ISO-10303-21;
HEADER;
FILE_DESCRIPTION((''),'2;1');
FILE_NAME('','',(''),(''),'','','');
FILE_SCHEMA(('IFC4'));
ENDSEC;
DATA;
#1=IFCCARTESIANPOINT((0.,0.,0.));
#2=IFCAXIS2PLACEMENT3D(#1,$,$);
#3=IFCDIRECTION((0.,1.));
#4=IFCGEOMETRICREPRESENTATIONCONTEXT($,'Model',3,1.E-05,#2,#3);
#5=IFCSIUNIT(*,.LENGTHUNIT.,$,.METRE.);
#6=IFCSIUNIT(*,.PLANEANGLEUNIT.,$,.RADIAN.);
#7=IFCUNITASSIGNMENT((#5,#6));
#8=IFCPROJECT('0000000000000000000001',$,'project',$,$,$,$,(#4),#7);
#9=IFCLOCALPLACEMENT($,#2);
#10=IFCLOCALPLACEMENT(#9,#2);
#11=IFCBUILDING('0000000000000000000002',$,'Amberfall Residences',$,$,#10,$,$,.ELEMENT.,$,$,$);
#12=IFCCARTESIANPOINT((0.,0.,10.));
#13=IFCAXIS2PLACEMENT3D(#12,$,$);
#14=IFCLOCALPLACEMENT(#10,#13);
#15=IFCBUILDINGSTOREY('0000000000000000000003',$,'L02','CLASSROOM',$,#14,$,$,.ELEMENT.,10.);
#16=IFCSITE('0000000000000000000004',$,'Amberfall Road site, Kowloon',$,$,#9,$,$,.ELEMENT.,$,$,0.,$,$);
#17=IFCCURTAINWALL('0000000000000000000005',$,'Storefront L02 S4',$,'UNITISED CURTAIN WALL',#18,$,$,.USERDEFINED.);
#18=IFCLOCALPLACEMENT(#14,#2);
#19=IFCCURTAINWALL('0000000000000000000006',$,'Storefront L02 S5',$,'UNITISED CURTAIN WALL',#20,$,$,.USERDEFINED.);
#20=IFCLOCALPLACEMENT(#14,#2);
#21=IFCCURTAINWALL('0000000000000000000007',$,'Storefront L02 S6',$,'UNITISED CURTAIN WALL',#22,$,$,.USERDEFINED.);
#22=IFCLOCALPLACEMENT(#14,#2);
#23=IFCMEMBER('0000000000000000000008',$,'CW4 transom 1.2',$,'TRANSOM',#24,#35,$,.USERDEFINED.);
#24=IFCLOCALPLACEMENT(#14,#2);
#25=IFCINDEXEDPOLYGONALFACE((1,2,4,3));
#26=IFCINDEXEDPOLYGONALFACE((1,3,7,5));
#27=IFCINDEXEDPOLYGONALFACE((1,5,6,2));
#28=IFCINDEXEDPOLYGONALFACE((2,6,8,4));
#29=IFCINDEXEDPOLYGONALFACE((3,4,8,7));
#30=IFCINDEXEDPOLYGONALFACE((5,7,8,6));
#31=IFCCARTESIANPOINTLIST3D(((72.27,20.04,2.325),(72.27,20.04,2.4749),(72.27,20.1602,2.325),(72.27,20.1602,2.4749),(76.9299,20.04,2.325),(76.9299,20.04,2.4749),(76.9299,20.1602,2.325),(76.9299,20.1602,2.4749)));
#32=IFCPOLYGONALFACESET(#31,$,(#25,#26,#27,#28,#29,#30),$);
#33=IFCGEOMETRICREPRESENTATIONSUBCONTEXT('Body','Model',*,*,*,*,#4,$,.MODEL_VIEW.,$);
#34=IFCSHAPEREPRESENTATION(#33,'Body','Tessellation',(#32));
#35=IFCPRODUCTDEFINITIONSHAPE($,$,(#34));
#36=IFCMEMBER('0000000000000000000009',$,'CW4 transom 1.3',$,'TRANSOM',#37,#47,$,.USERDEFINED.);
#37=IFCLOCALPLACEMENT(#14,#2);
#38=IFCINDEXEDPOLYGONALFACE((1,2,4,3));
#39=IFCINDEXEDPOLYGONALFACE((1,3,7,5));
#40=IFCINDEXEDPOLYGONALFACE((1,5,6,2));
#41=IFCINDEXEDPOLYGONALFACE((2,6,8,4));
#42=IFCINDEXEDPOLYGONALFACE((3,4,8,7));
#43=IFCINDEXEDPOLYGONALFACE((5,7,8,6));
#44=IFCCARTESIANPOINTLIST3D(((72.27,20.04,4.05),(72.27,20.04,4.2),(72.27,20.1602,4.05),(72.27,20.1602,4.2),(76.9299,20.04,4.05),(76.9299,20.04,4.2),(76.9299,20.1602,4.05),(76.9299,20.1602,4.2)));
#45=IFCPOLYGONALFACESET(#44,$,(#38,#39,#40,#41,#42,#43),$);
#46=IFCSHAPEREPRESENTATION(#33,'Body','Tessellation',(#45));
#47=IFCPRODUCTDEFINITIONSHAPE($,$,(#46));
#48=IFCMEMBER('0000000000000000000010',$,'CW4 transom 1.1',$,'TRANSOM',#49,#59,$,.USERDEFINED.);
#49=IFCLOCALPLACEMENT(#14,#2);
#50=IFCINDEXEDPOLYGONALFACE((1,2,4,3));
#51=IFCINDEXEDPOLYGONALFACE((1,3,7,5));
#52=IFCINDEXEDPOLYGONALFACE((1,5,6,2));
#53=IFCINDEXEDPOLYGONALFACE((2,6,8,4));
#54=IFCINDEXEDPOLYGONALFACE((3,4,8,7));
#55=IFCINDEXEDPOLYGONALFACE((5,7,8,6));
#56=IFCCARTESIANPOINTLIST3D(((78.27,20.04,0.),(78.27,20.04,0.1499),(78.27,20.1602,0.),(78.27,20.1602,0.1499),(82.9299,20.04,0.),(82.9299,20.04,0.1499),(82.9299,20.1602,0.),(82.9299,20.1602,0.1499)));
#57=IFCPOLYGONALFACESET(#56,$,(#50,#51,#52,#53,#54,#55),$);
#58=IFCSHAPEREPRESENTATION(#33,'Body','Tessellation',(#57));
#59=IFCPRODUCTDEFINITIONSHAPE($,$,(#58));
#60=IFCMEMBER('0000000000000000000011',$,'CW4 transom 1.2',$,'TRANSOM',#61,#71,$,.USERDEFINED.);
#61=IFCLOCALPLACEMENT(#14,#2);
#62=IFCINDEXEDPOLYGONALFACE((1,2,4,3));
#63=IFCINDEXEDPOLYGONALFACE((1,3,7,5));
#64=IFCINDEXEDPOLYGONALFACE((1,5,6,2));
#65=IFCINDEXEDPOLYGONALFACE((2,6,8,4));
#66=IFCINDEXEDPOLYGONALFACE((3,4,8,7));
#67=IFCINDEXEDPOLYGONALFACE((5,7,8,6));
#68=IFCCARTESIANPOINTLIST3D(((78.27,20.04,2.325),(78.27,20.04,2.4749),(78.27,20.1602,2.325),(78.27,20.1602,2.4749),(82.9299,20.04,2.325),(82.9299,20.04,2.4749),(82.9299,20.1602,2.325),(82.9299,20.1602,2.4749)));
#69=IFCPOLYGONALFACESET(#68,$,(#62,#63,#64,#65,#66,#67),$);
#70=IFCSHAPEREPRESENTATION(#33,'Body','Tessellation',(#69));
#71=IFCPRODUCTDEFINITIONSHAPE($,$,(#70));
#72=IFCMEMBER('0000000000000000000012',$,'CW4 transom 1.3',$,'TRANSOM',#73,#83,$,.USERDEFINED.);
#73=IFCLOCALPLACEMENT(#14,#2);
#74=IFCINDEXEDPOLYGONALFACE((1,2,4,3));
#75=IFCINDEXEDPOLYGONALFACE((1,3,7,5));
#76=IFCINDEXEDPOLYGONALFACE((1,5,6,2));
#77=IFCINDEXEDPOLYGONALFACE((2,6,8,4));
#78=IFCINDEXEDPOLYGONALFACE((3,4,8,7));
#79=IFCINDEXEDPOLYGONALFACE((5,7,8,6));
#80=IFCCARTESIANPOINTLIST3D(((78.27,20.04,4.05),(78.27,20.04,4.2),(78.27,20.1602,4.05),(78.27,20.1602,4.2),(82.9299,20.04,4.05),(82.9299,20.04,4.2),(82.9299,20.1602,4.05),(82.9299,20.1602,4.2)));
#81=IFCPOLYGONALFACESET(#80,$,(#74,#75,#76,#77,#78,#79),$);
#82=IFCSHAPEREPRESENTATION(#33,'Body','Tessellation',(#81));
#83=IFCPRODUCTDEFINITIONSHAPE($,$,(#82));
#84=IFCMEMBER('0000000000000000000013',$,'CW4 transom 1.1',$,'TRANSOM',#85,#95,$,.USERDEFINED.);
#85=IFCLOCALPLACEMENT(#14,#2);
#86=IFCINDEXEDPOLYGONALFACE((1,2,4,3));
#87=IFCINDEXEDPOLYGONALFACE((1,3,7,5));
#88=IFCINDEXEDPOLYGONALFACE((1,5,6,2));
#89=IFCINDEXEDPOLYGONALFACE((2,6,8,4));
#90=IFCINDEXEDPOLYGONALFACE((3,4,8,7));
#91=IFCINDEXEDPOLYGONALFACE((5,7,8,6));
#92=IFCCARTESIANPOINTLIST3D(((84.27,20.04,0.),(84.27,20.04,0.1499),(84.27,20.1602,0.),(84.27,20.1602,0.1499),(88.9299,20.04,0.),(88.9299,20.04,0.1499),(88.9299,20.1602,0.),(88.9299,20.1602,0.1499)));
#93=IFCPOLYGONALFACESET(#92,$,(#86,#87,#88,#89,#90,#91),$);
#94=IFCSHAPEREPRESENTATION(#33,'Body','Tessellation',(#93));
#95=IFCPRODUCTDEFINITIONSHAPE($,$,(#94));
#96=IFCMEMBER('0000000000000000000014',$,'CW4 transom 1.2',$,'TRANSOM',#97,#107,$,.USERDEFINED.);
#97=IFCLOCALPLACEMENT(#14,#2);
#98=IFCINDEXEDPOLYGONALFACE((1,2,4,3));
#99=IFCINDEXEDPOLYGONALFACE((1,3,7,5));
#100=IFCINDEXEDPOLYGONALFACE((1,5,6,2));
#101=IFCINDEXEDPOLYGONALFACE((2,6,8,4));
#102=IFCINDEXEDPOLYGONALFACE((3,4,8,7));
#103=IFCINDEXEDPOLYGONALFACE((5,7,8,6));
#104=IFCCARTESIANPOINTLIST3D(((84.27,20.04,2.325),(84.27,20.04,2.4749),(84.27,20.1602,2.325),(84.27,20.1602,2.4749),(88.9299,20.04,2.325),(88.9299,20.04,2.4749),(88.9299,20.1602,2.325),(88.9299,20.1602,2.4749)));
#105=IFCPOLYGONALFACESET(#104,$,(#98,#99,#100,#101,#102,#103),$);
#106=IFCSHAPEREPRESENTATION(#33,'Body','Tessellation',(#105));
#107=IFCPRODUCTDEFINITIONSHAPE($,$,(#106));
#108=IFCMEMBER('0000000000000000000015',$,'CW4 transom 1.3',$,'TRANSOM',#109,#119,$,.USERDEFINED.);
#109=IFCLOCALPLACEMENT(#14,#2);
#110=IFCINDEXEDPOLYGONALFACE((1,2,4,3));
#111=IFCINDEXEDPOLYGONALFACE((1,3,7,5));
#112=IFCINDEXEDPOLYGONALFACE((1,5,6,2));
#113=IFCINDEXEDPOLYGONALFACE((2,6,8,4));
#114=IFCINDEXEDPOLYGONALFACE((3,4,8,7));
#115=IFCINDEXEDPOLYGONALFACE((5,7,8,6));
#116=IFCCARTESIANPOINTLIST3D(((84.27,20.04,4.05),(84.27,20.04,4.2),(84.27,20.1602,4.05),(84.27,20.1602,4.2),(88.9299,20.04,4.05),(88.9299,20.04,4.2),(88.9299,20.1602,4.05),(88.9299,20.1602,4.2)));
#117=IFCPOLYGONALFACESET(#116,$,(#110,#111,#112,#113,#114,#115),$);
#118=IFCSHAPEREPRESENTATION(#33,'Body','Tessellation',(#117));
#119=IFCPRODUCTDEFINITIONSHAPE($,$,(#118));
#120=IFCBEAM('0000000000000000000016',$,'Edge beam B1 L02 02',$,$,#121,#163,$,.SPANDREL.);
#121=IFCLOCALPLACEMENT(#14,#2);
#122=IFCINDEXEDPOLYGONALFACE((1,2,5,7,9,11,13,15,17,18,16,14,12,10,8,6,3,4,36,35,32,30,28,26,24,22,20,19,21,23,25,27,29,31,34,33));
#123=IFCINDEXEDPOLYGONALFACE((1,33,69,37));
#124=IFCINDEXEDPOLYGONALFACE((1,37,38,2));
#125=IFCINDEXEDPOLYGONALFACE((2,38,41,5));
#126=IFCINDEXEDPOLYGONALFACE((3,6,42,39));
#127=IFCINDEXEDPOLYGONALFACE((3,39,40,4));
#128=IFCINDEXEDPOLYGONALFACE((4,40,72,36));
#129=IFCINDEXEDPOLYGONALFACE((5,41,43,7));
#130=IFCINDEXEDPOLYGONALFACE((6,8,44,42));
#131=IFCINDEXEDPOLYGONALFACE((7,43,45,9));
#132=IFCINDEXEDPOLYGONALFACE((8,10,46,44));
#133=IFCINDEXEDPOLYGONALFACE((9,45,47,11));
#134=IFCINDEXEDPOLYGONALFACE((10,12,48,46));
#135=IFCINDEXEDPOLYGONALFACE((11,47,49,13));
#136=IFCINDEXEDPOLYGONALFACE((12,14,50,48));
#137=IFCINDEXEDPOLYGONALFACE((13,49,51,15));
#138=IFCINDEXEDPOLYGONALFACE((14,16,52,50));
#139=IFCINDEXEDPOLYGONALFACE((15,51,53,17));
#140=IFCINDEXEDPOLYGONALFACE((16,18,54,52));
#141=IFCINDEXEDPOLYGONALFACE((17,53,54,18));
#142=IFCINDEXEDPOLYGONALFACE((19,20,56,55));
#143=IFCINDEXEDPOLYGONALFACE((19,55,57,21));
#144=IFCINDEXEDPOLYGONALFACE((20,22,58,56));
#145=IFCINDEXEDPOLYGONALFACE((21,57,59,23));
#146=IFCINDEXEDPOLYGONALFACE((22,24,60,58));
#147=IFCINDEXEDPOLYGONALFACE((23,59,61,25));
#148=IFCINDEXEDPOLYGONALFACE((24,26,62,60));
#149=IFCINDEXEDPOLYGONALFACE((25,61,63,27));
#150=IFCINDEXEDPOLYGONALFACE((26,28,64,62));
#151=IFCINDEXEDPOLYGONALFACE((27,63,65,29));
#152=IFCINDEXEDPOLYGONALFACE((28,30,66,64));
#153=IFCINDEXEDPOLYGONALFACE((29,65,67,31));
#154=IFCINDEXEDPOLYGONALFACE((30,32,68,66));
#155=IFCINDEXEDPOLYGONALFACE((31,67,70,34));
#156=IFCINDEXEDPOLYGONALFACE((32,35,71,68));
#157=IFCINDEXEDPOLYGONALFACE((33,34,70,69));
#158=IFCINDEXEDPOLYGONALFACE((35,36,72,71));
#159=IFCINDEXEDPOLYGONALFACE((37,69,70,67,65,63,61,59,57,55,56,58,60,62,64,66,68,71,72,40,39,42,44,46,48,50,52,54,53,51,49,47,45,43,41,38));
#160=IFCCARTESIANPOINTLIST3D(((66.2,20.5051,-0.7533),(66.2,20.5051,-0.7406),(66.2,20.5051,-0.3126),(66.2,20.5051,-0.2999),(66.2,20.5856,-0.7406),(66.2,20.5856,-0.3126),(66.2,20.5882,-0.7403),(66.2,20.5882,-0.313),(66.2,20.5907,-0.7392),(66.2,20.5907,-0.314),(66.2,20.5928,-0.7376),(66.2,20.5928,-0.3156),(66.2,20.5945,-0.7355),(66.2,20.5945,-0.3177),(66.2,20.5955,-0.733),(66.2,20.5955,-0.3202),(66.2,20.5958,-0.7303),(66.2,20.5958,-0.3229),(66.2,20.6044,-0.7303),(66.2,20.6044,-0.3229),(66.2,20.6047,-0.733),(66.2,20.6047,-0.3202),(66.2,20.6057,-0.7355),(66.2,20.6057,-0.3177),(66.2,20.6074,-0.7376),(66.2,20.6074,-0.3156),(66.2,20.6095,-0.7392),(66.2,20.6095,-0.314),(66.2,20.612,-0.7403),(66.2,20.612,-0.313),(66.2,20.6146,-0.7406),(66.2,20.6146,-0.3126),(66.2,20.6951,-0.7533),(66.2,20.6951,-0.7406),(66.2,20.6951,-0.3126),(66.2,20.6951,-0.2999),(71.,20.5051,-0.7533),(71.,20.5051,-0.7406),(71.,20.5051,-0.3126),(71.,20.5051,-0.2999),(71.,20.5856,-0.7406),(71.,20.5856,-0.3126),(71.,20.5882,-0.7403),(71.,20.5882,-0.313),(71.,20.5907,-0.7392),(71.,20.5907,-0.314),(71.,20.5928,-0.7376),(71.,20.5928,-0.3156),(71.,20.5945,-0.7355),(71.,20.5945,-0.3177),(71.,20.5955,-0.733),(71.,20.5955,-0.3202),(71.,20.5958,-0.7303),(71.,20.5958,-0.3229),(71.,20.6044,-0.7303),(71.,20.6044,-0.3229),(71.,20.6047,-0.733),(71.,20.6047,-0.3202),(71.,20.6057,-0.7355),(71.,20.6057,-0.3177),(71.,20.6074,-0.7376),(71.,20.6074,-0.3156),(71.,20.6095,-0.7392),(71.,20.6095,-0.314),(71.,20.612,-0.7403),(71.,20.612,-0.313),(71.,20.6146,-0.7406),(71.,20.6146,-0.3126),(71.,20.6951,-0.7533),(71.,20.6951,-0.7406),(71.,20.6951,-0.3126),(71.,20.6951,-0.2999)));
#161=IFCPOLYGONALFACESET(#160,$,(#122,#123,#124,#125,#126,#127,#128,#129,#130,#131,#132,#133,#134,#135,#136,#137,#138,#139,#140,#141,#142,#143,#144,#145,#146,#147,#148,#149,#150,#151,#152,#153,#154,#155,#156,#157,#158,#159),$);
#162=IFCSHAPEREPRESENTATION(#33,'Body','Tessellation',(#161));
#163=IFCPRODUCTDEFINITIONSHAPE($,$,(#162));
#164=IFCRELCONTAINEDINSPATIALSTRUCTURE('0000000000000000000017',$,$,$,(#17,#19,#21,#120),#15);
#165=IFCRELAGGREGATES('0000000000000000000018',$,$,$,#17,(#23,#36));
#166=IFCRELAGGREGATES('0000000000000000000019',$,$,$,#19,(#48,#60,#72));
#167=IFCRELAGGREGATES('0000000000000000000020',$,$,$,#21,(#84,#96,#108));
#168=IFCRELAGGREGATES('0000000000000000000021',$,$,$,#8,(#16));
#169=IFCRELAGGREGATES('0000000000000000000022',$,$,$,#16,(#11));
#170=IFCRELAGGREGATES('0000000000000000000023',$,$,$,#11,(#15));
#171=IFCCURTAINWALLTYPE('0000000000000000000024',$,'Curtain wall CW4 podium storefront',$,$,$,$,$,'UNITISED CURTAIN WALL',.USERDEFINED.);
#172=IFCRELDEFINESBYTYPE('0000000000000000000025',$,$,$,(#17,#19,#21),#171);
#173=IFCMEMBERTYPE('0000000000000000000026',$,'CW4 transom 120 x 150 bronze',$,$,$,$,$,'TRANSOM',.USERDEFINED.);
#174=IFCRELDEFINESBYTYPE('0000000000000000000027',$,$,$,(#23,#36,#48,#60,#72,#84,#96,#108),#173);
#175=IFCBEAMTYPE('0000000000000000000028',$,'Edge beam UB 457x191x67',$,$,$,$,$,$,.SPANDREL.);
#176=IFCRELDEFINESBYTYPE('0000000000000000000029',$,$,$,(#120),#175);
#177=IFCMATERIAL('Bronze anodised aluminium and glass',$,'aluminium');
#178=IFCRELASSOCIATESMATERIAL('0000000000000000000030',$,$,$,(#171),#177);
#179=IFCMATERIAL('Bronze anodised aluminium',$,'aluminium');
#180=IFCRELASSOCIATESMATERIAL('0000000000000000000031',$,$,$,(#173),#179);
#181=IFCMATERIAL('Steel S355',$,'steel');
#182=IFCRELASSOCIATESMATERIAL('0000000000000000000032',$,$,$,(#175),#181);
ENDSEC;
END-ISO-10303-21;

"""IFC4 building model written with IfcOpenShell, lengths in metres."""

from ifc_helpers import new_model, si_unit, direction, frame, origin, origin_2d, place, context, subcontext, project, spatial, rectangle, i_section, extrude, material, material_profile, profile_set, type_object, element, aggregate, save


model = new_model("IFC4")

# Units and contexts
model_context = context("Model", 3, precision=1e-05, world=origin(), true_north=direction((0.0, 1.0)))
body_context = subcontext(model_context, "Body", "Model", "MODEL_VIEW")
ifc_project = project(units=[si_unit("LENGTHUNIT", "METRE"), si_unit("PLANEANGLEUNIT", "RADIAN")], contexts=[model_context])

# Site, building, storey
site_placement = place(None, origin())
site = spatial("IfcSite", under=ifc_project, at=site_placement, Name="Amberfall Road site, Kowloon", CompositionType="ELEMENT", RefElevation=0.0)
building_placement = place(site_placement, origin())
building = spatial("IfcBuilding", under=site, at=building_placement, Name="Amberfall Residences", CompositionType="ELEMENT")
storey_placement = place(building_placement, frame((0.0, 0.0, 10.0)))
storey = spatial("IfcBuildingStorey", under=building, at=storey_placement, Name="L02", Description="CLASSROOM", CompositionType="ELEMENT", Elevation=10.0)

# Curtain walls
ifc_material_1 = material(Name="Bronze anodised aluminium and glass", Category="aluminium")
curtain_wall_type = type_object("IfcCurtainWallType", Name="Curtain wall CW4 podium storefront", ElementType="UNITISED CURTAIN WALL", PredefinedType="USERDEFINED", material=ifc_material_1)
ifc_material_2 = material(Name="Bronze anodised aluminium", Category="aluminium")
curtain_wall_1_placement = place(storey_placement, origin())
curtain_wall_1 = element("IfcCurtainWall", 1, at=curtain_wall_1_placement, inside=storey, type_object=curtain_wall_type, Name="Storefront L02 S4", ObjectType="UNITISED CURTAIN WALL", PredefinedType="USERDEFINED")
curtain_wall_2_placement = place(storey_placement, origin())
curtain_wall_2 = element("IfcCurtainWall", 2, at=curtain_wall_2_placement, inside=storey, type_object=curtain_wall_type, Name="Storefront L02 S5", ObjectType="UNITISED CURTAIN WALL", PredefinedType="USERDEFINED")
curtain_wall_3_placement = place(storey_placement, origin())
curtain_wall_3 = element("IfcCurtainWall", 3, at=curtain_wall_3_placement, inside=storey, type_object=curtain_wall_type, Name="Storefront L02 S6", ObjectType="UNITISED CURTAIN WALL", PredefinedType="USERDEFINED")

# Members
ifc_material_profile_1 = material_profile(ifc_material_2, rectangle(XDim=0.1201, YDim=0.1499, at=origin_2d()), Name="CW4 transom 120 x 150 bronze")
ifc_profile_set_1 = profile_set([ifc_material_profile_1], Name="Bronze anodised aluminium")
member_type_1 = type_object("IfcMemberType", Name="CW4 transom 120 x 150 bronze", ElementType="TRANSOM", PredefinedType="USERDEFINED", material=ifc_profile_set_1)
member_1_placement = place(storey_placement, frame((72.27, 20.1001, 2.3999), z_axis=(1.0, 0.0, 0.0), x_axis=(0.0, 1.0, 0.0)))
member_1 = element("IfcMember", 4, at=member_1_placement, type_object=member_type_1, Name="CW4 transom 1.2", ObjectType="TRANSOM", PredefinedType="USERDEFINED", context=body_context, shape_type="SweptSolid", body=[
    extrude(rectangle(XDim=0.1201, YDim=0.1499, at=origin_2d()), origin(), (0.0, 0.0, 1.0), 4.6599),
])
member_2_placement = place(storey_placement, frame((72.27, 20.1001, 4.125), z_axis=(1.0, 0.0, 0.0), x_axis=(0.0, 1.0, 0.0)))
member_2 = element("IfcMember", 5, at=member_2_placement, type_object=member_type_1, Name="CW4 transom 1.3", ObjectType="TRANSOM", PredefinedType="USERDEFINED", context=body_context, shape_type="SweptSolid", body=[
    extrude(rectangle(XDim=0.1201, YDim=0.1499, at=origin_2d()), origin(), (0.0, 0.0, 1.0), 4.6599),
])
member_3_placement = place(storey_placement, frame((78.27, 20.1001, 0.075), z_axis=(1.0, 0.0, 0.0), x_axis=(0.0, 1.0, 0.0)))
member_3 = element("IfcMember", 6, at=member_3_placement, type_object=member_type_1, Name="CW4 transom 1.1", ObjectType="TRANSOM", PredefinedType="USERDEFINED", context=body_context, shape_type="SweptSolid", body=[
    extrude(rectangle(XDim=0.1201, YDim=0.1499, at=origin_2d()), origin(), (0.0, 0.0, 1.0), 4.6599),
])
member_4_placement = place(storey_placement, frame((78.27, 20.1001, 2.3999), z_axis=(1.0, 0.0, 0.0), x_axis=(0.0, 1.0, 0.0)))
member_4 = element("IfcMember", 7, at=member_4_placement, type_object=member_type_1, Name="CW4 transom 1.2", ObjectType="TRANSOM", PredefinedType="USERDEFINED", context=body_context, shape_type="SweptSolid", body=[
    extrude(rectangle(XDim=0.1201, YDim=0.1499, at=origin_2d()), origin(), (0.0, 0.0, 1.0), 4.6599),
])
member_5_placement = place(storey_placement, frame((78.27, 20.1001, 4.125), z_axis=(1.0, 0.0, 0.0), x_axis=(0.0, 1.0, 0.0)))
member_5 = element("IfcMember", 8, at=member_5_placement, type_object=member_type_1, Name="CW4 transom 1.3", ObjectType="TRANSOM", PredefinedType="USERDEFINED", context=body_context, shape_type="SweptSolid", body=[
    extrude(rectangle(XDim=0.1201, YDim=0.1499, at=origin_2d()), origin(), (0.0, 0.0, 1.0), 4.6599),
])
member_6_placement = place(storey_placement, frame((84.27, 20.1001, 0.075), z_axis=(1.0, 0.0, 0.0), x_axis=(0.0, 1.0, 0.0)))
member_6 = element("IfcMember", 9, at=member_6_placement, type_object=member_type_1, Name="CW4 transom 1.1", ObjectType="TRANSOM", PredefinedType="USERDEFINED", context=body_context, shape_type="SweptSolid", body=[
    extrude(rectangle(XDim=0.1201, YDim=0.1499, at=origin_2d()), origin(), (0.0, 0.0, 1.0), 4.6599),
])
member_7_placement = place(storey_placement, frame((84.27, 20.1001, 2.3999), z_axis=(1.0, 0.0, 0.0), x_axis=(0.0, 1.0, 0.0)))
member_7 = element("IfcMember", 10, at=member_7_placement, type_object=member_type_1, Name="CW4 transom 1.2", ObjectType="TRANSOM", PredefinedType="USERDEFINED", context=body_context, shape_type="SweptSolid", body=[
    extrude(rectangle(XDim=0.1201, YDim=0.1499, at=origin_2d()), origin(), (0.0, 0.0, 1.0), 4.6599),
])
member_8_placement = place(storey_placement, frame((84.27, 20.1001, 4.125), z_axis=(1.0, 0.0, 0.0), x_axis=(0.0, 1.0, 0.0)))
member_8 = element("IfcMember", 11, at=member_8_placement, type_object=member_type_1, Name="CW4 transom 1.3", ObjectType="TRANSOM", PredefinedType="USERDEFINED", context=body_context, shape_type="SweptSolid", body=[
    extrude(rectangle(XDim=0.1201, YDim=0.1499, at=origin_2d()), origin(), (0.0, 0.0, 1.0), 4.6599),
])

# Beam
ifc_material_3 = material(Name="Steel S355", Category="steel")
ifc_material_profile_2 = material_profile(ifc_material_3, i_section(OverallWidth=0.1899, OverallDepth=0.4534, WebThickness=0.0085, FlangeThickness=0.0127, FilletRadius=0.0103, at=origin_2d()), Name="UB 457x191x67")
ifc_profile_set_2 = profile_set([ifc_material_profile_2], Name="Steel S355")
beam_type_1 = type_object("IfcBeamType", Name="Edge beam UB 457x191x67", PredefinedType="SPANDREL", material=ifc_profile_set_2)
for number, where, z_axis, x_axis, name in (
    (12, (66.2, 20.6001, -0.5266), (1.0, 0.0, 0.0), (0.0, 1.0, 0.0), "Edge beam B1 L02 02"),
):
    element("IfcBeam", number, at=place(storey_placement, frame(where, z_axis=z_axis, x_axis=x_axis)), inside=storey, type_object=beam_type_1, Name=name, PredefinedType="SPANDREL", context=body_context, shape_type="SweptSolid", body=[
        extrude(i_section(OverallWidth=0.1899, OverallDepth=0.4534, WebThickness=0.0085, FlangeThickness=0.0127, FilletRadius=0.0103, at=origin_2d()), origin(), (0.0, 0.0, 1.0), 4.8),
    ])

aggregate(curtain_wall_1, [member_1, member_2])
aggregate(curtain_wall_2, [member_3, member_4, member_5])
aggregate(curtain_wall_3, [member_6, member_7, member_8])

save(model, "model.ifc")
